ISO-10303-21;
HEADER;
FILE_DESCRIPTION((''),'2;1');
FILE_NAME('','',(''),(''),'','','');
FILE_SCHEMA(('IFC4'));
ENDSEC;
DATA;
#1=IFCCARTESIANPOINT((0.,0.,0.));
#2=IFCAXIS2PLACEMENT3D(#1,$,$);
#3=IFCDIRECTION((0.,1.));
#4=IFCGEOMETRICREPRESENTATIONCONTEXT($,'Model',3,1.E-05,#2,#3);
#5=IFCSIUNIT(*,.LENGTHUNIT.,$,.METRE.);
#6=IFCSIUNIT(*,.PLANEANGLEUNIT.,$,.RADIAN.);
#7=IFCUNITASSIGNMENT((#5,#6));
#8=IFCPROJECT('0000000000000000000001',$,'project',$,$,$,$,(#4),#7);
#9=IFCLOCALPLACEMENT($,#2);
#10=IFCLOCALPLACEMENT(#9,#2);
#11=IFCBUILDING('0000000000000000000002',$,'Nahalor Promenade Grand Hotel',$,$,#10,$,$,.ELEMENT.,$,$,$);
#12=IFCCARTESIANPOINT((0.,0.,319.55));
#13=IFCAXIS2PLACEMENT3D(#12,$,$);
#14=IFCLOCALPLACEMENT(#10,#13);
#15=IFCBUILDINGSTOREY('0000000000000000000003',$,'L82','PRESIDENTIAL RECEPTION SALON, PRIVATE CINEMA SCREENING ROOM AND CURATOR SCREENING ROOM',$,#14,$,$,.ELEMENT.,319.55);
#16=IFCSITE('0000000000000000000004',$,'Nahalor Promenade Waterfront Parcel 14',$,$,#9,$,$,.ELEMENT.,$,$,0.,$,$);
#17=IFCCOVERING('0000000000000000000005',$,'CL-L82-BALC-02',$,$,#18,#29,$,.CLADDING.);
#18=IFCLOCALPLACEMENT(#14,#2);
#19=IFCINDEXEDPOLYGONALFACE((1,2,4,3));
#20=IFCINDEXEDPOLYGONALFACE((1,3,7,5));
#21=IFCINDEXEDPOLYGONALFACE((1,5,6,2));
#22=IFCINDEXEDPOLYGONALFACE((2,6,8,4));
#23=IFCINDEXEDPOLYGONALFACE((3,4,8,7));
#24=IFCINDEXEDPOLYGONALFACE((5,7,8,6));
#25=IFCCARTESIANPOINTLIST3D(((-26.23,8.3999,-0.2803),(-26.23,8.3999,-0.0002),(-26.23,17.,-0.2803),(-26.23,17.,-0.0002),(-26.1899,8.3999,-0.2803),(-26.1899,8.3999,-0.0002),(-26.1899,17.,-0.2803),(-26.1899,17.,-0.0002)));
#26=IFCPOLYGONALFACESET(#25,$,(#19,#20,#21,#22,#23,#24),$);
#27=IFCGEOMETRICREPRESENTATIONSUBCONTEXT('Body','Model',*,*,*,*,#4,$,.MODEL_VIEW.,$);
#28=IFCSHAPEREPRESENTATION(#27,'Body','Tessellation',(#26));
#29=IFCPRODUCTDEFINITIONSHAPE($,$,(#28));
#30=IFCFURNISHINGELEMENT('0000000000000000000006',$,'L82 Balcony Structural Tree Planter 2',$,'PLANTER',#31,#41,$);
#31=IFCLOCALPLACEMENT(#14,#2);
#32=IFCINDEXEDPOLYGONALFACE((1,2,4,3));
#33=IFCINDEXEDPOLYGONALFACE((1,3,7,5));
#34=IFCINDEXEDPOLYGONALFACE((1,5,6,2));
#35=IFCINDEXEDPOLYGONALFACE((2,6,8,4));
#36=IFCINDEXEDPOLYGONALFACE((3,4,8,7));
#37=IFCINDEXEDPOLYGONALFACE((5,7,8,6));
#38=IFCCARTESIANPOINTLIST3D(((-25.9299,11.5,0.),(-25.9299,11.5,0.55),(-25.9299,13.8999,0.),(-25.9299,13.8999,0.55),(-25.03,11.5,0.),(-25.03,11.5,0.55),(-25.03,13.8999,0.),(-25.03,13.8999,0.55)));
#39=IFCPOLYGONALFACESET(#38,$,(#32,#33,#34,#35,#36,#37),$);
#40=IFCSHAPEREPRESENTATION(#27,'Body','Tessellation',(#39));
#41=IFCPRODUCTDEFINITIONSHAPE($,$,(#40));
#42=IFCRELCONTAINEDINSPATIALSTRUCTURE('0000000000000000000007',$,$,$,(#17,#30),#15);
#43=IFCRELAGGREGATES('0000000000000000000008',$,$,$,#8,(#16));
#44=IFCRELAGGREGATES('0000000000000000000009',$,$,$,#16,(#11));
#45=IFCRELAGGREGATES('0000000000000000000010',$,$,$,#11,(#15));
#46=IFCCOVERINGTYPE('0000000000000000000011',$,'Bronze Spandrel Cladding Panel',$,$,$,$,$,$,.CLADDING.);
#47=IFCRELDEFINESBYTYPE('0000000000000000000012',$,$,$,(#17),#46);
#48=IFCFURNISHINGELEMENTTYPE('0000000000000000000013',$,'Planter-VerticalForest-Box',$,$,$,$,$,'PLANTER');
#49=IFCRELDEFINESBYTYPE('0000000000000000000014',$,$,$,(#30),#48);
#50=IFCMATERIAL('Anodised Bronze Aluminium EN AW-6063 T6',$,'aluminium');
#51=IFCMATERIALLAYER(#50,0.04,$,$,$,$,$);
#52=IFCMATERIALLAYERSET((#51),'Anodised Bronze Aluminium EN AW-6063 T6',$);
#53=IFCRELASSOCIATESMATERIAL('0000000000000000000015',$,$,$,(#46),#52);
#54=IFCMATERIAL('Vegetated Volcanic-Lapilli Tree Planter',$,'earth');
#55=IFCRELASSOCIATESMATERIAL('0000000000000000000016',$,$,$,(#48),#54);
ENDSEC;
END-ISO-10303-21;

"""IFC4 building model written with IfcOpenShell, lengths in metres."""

from ifc_helpers import new_model, si_unit, direction, frame, origin, origin_2d, place, context, subcontext, project, spatial, rectangle, extrude, source, transform, mapped, material, layer, layer_set, type_object, element, save


model = new_model("IFC4")

# Units and contexts
model_context = context("Model", 3, precision=1e-05, world=origin(), true_north=direction((0.0, 1.0)))
body_context = subcontext(model_context, "Body", "Model", "MODEL_VIEW")
ifc_project = project(units=[si_unit("LENGTHUNIT", "METRE"), si_unit("PLANEANGLEUNIT", "RADIAN")], contexts=[model_context])

# Site, building, storey
site_placement = place(None, origin())
site = spatial("IfcSite", under=ifc_project, at=site_placement, Name="Nahalor Promenade Waterfront Parcel 14", CompositionType="ELEMENT", RefElevation=0.0)
building_placement = place(site_placement, origin())
building = spatial("IfcBuilding", under=site, at=building_placement, Name="Nahalor Promenade Grand Hotel", CompositionType="ELEMENT")
storey_placement = place(building_placement, frame((0.0, 0.0, 319.55)))
storey = spatial("IfcBuildingStorey", under=building, at=storey_placement, Name="L82", Description="PRESIDENTIAL RECEPTION SALON, PRIVATE CINEMA SCREENING ROOM AND CURATOR SCREENING ROOM", CompositionType="ELEMENT", Elevation=319.55)

# Shared definitions
ifc_material_1 = material(Name="Anodised Bronze Aluminium EN AW-6063 T6", Category="aluminium")

# Covering
ifc_layer_1 = layer(ifc_material_1, 0.04)
ifc_layer_set_1 = layer_set([ifc_layer_1], Name="Anodised Bronze Aluminium EN AW-6063 T6")
covering_type = type_object("IfcCoveringType", Name="Bronze Spandrel Cladding Panel", PredefinedType="CLADDING", material=ifc_layer_set_1)
shared_shape_1 = source(origin(), body_context, "Body", "SweptSolid", [
    extrude(rectangle(XDim=8.6001, YDim=0.04, at=origin_2d()), origin(), (0.0, 0.0, 1.0), 0.28),
])
covering_placement = place(storey_placement, frame((-26.21, 12.7, -0.2803), z_axis=(0.0, 0.0, 1.0), x_axis=(0.0, 1.0, 0.0)))
element("IfcCovering", 1, at=covering_placement, inside=storey, type_object=covering_type, Name="CL-L82-BALC-02", PredefinedType="CLADDING", context=body_context, shape_type="MappedRepresentation", body=[
    mapped(shared_shape_1, transform((0.0, 0.0, 0.0), scale=1.0)),
])

# Furnishing element
ifc_material_2 = material(Name="Vegetated Volcanic-Lapilli Tree Planter", Category="earth")
furnishing_element_type = type_object("IfcFurnishingElementType", Name="Planter-VerticalForest-Box", ElementType="PLANTER", material=ifc_material_2)
shared_shape_2 = source(origin(), body_context, "Body", "SweptSolid", [
    extrude(rectangle(XDim=2.3999, YDim=0.8999, at=origin_2d()), origin(), (0.0, 0.0, 1.0), 0.55),
])
furnishing_placement = place(storey_placement, frame((-25.48, 12.7, 0.0), z_axis=(0.0, 0.0, 1.0), x_axis=(0.0, 1.0, 0.0)))
element("IfcFurnishingElement", 2, at=furnishing_placement, inside=storey, type_object=furnishing_element_type, Name="L82 Balcony Structural Tree Planter 2", ObjectType="PLANTER", context=body_context, shape_type="MappedRepresentation", body=[
    mapped(shared_shape_2, transform((0.0, 0.0, 0.0), scale=1.0)),
])

save(model, "model.ifc")
